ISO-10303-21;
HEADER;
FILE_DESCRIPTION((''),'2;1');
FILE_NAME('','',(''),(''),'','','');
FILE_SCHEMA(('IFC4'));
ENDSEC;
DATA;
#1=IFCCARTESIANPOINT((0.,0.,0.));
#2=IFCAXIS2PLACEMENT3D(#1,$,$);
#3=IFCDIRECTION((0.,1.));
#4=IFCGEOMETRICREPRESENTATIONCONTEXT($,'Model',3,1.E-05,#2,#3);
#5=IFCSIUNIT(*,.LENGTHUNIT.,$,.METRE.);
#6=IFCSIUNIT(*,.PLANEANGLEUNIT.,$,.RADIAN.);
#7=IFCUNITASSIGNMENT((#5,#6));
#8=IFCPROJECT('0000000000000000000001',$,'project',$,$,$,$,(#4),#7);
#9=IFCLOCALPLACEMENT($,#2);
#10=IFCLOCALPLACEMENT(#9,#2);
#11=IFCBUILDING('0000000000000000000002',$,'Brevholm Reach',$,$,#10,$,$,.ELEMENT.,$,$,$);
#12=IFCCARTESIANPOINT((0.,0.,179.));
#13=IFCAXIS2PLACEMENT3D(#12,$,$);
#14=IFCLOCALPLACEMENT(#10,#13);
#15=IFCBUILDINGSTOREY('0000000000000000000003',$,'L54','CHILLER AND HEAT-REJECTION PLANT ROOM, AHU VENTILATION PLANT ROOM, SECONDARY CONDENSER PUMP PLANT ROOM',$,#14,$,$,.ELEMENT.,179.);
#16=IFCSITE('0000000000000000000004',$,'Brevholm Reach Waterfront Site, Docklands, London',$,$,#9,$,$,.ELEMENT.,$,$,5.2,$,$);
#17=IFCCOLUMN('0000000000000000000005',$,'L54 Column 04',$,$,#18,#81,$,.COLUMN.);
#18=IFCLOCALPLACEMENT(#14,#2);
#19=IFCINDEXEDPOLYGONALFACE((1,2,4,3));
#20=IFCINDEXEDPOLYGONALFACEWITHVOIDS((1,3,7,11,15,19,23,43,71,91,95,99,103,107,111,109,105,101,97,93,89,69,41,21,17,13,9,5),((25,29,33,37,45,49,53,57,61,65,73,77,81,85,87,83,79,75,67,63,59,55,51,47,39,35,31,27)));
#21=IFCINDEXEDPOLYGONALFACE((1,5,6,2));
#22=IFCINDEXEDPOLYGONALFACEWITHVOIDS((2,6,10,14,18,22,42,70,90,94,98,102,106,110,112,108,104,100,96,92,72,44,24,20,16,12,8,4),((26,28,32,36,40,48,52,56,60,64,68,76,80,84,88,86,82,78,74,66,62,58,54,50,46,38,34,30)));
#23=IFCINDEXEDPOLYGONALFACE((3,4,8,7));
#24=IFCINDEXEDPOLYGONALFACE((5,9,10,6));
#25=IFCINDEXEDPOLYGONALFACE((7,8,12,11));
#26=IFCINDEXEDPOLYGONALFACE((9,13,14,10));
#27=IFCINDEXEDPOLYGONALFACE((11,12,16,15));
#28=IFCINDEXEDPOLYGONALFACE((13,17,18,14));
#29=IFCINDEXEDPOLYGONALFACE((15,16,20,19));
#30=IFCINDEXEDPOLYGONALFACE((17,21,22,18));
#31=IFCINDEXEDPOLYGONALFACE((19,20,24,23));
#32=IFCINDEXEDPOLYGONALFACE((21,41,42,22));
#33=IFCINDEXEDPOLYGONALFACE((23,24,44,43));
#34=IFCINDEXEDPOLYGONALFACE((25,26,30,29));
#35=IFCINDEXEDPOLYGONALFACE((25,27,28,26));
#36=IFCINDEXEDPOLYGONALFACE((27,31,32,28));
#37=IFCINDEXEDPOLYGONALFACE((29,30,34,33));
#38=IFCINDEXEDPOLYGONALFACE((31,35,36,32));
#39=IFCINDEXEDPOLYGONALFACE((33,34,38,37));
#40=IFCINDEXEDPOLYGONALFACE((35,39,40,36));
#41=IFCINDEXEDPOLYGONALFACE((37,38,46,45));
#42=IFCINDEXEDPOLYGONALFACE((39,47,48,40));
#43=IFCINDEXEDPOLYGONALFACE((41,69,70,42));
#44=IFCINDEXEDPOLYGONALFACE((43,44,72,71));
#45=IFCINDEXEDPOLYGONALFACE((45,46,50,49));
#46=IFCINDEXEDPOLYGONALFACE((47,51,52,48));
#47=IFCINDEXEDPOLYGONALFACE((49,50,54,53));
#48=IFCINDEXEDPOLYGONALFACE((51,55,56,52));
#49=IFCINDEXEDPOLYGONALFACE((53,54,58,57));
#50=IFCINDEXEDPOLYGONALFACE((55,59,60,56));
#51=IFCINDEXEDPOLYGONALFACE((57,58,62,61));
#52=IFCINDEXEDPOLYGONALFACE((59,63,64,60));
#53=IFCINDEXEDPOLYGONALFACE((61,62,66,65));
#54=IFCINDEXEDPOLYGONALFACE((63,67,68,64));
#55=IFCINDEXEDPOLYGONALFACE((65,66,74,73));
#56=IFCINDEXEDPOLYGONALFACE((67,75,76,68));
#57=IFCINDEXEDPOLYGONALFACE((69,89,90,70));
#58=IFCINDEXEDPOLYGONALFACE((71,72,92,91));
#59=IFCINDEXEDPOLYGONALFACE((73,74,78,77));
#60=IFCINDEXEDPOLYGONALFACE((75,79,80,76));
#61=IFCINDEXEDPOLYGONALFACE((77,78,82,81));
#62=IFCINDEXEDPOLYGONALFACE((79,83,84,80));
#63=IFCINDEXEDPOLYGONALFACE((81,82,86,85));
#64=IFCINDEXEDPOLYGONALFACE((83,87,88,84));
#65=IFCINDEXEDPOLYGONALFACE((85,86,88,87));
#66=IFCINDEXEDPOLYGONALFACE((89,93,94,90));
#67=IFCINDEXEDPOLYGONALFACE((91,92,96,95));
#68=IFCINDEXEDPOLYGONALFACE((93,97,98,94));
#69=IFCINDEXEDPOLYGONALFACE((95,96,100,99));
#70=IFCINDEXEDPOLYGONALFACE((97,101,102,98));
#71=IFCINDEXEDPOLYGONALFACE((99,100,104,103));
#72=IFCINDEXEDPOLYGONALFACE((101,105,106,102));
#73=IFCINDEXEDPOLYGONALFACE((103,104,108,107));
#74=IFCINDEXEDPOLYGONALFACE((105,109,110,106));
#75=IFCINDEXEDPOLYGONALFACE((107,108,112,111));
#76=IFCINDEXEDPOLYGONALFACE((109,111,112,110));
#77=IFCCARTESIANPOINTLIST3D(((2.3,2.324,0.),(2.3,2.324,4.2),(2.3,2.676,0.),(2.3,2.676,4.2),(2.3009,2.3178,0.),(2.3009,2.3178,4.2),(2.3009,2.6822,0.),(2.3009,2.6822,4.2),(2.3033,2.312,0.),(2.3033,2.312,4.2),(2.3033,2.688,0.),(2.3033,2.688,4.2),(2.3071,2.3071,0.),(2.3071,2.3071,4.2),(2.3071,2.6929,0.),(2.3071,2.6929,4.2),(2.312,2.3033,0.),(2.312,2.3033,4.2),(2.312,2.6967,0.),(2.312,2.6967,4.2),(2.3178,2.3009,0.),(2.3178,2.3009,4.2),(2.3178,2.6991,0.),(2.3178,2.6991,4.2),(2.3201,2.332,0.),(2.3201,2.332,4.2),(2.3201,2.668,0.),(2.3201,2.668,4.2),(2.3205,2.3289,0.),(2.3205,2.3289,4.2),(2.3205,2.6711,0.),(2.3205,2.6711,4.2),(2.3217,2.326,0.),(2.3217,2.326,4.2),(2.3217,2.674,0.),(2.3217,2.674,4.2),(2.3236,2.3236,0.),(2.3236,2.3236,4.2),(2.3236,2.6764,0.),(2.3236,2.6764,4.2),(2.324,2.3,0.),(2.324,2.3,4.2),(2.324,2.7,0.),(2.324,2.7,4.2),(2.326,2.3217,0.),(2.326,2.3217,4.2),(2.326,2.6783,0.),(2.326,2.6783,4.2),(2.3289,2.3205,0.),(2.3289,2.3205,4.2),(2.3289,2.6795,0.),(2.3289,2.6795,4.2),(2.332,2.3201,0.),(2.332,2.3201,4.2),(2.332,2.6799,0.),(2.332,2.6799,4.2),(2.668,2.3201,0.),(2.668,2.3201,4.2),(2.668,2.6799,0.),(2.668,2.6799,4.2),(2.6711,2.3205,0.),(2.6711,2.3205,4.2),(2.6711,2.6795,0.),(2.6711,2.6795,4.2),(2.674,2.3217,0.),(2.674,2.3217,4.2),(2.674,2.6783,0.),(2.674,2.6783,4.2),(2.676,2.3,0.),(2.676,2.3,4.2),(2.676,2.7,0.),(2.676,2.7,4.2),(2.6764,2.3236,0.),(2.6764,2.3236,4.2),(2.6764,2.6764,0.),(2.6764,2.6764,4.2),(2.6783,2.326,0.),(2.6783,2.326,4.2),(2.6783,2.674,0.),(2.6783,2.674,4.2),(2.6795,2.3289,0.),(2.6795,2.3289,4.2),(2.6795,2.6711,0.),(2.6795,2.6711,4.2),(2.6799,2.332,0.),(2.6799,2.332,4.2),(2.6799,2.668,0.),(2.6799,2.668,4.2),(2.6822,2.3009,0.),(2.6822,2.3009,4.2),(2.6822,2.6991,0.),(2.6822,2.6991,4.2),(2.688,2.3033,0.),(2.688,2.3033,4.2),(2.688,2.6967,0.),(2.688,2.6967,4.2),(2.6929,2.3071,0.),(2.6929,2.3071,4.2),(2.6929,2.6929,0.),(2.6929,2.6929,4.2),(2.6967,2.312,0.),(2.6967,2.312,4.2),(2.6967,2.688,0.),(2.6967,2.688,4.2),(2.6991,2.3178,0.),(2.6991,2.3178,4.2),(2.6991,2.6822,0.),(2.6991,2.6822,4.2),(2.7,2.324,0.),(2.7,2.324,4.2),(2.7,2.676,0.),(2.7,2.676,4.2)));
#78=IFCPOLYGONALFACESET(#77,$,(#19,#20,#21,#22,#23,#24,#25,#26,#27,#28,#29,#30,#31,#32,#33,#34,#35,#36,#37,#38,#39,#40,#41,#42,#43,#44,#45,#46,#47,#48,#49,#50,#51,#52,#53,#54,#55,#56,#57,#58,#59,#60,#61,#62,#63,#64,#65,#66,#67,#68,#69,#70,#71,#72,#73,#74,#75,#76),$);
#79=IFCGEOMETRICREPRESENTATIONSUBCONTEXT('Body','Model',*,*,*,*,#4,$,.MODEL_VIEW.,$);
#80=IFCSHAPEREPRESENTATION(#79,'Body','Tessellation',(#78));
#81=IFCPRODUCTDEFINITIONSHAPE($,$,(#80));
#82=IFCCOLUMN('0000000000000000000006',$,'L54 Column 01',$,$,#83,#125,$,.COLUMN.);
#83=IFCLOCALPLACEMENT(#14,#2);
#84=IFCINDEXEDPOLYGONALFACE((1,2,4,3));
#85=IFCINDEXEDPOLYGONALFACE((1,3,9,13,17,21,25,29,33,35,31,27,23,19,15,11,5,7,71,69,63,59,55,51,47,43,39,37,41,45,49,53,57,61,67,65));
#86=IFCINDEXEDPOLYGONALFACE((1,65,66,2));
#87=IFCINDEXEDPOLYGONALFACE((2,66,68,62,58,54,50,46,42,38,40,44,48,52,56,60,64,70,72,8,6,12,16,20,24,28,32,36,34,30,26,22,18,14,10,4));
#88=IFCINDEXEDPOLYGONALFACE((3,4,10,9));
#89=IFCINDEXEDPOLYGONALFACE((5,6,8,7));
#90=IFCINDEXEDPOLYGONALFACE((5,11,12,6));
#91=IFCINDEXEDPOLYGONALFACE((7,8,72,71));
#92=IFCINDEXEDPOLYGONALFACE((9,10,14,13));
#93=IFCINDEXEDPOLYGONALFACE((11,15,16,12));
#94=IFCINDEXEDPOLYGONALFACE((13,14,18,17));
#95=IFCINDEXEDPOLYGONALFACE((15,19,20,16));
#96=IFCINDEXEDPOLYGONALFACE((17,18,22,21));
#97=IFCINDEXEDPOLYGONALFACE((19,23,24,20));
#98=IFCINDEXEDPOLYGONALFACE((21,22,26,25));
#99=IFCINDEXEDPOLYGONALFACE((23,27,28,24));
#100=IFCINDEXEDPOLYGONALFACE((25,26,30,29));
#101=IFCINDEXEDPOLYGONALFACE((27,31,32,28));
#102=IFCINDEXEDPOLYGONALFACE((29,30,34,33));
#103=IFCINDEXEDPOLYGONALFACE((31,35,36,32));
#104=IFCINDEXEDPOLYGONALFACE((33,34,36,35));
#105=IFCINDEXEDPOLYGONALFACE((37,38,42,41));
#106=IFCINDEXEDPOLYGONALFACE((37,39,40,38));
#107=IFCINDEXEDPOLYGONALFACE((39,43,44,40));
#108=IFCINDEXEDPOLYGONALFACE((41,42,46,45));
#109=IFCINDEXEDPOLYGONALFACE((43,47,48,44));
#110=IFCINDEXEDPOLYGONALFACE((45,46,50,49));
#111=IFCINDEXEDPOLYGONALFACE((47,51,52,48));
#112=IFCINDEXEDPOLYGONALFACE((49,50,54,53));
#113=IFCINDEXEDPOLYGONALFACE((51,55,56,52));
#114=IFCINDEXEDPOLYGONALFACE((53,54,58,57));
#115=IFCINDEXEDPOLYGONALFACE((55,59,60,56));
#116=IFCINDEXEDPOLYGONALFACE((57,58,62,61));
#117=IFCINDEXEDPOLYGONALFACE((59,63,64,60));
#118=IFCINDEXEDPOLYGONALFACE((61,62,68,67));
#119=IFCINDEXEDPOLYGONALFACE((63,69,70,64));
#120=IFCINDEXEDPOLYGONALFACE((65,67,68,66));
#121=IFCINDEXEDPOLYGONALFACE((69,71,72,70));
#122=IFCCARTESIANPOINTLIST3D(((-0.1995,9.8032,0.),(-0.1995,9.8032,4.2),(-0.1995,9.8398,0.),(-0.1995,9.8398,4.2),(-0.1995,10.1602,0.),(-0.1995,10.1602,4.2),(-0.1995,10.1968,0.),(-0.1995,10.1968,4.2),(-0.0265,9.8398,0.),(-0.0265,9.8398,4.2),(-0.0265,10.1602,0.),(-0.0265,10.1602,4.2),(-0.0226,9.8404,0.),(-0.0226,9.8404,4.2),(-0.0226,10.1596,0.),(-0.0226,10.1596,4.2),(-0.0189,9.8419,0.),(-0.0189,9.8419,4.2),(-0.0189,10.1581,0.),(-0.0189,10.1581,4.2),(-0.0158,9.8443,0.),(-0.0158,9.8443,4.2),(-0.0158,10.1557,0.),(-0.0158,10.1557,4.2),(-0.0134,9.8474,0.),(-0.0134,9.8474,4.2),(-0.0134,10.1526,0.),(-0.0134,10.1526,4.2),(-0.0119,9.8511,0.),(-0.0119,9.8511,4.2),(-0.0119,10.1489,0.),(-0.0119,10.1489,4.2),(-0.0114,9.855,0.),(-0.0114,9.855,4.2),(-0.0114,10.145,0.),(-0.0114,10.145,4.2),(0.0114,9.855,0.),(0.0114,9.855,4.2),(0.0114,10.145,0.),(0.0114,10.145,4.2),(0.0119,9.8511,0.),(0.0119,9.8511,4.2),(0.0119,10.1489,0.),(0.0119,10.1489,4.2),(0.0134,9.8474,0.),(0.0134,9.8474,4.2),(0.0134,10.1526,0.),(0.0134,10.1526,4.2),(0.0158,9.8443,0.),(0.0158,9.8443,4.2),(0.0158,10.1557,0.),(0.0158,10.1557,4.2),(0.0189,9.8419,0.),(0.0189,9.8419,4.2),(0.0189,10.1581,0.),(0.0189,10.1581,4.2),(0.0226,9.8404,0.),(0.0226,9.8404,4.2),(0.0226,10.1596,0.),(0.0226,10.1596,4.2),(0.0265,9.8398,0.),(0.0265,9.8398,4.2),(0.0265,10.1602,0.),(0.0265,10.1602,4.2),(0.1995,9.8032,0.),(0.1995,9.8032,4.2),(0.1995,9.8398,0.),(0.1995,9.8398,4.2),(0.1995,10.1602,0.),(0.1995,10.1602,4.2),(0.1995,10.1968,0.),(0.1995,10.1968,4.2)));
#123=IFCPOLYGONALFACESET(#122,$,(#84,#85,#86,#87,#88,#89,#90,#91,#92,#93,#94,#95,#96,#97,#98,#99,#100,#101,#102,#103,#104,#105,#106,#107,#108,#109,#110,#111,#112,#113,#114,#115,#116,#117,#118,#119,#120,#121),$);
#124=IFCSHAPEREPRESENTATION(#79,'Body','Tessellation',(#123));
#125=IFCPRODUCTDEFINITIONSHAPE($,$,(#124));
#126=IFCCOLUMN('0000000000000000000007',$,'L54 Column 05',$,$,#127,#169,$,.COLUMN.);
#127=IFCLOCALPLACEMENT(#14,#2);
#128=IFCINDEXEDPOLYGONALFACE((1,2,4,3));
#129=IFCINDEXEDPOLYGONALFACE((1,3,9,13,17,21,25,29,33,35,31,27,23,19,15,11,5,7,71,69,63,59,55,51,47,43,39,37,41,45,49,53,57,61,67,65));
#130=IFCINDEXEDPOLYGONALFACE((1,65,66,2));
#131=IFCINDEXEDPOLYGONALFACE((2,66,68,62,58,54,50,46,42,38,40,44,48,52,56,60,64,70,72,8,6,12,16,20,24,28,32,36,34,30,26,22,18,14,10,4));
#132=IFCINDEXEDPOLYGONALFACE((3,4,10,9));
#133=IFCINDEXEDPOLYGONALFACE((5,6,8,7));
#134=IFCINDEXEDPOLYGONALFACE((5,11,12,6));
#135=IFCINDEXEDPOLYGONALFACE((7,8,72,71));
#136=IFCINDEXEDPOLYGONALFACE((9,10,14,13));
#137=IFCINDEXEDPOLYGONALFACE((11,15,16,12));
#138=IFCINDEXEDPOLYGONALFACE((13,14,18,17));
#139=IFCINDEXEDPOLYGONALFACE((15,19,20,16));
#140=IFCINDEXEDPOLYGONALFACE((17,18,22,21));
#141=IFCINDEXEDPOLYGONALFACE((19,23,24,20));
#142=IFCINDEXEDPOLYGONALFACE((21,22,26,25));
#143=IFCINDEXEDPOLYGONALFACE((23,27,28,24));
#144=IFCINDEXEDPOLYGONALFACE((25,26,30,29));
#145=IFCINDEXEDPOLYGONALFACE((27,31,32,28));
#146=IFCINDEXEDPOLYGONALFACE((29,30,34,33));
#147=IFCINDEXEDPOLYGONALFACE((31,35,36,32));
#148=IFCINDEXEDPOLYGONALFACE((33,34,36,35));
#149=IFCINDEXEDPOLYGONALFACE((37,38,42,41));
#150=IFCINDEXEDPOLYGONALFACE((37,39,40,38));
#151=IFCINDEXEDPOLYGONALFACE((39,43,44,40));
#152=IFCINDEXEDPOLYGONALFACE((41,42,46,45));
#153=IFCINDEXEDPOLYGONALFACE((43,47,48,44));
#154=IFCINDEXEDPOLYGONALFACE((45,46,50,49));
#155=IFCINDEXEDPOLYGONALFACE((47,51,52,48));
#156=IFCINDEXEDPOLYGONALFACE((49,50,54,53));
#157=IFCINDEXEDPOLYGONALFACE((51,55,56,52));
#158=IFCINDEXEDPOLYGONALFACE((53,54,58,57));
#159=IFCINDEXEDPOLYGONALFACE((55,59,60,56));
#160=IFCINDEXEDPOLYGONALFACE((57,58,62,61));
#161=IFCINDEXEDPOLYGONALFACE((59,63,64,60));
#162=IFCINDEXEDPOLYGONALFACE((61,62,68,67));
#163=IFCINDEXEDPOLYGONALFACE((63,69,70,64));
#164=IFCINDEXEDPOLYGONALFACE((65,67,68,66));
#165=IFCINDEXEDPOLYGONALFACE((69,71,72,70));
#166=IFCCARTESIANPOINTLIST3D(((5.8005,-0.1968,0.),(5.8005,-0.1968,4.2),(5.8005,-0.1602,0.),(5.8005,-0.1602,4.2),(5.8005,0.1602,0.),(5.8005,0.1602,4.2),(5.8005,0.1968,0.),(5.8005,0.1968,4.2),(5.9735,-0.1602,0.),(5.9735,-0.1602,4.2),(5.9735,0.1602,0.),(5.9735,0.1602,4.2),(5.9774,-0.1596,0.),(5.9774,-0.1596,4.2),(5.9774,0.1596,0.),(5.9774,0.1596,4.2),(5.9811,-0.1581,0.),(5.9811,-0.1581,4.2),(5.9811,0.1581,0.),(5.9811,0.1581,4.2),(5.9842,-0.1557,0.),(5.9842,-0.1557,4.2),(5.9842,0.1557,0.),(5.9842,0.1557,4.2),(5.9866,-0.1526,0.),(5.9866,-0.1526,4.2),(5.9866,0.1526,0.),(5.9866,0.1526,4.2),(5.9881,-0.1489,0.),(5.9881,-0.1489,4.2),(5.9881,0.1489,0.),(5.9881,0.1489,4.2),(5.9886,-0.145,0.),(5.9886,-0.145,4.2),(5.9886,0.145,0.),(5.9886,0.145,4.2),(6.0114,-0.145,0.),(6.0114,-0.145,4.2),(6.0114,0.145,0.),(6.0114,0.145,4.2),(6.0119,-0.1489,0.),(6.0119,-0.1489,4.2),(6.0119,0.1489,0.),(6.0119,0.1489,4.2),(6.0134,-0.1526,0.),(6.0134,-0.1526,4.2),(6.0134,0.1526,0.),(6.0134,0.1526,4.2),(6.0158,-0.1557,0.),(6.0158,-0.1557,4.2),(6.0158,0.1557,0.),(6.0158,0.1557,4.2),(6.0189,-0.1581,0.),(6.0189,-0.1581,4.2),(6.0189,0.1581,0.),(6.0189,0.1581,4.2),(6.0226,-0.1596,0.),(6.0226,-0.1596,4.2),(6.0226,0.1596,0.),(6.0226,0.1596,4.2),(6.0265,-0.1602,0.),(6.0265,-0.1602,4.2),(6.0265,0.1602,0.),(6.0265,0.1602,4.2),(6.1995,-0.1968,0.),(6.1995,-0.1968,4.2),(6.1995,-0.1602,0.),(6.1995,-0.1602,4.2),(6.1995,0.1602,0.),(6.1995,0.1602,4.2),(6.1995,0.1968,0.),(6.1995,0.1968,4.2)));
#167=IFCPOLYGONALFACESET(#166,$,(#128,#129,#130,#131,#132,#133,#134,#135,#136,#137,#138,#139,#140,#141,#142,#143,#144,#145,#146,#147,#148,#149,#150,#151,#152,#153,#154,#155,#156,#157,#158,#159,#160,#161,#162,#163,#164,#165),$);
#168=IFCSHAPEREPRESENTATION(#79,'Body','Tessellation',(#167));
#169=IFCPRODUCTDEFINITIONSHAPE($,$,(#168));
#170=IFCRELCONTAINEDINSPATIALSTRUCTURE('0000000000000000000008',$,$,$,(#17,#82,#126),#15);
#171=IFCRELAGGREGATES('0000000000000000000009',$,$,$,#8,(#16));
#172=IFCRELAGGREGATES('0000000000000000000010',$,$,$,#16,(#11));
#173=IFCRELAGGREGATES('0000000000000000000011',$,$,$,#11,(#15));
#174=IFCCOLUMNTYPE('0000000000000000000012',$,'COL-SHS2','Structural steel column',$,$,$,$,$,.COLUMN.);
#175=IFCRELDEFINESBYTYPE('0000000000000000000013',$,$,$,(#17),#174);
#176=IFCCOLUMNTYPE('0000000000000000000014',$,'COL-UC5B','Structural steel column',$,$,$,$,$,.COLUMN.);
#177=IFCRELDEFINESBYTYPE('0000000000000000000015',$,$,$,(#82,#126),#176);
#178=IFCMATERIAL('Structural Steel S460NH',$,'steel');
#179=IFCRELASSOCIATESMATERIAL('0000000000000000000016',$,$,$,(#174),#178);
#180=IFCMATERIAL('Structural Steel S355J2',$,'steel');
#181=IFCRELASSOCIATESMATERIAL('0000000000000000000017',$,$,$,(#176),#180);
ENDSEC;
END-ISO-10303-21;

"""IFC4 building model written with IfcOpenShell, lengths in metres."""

from ifc_helpers import new_model, si_unit, direction, frame, origin, origin_2d, place, context, subcontext, project, spatial, hollow_rectangle, i_section, extrude, material, material_profile, profile_set, type_object, element, save


model = new_model("IFC4")

# Units and contexts
model_context = context("Model", 3, precision=1e-05, world=origin(), true_north=direction((0.0, 1.0)))
body_context = subcontext(model_context, "Body", "Model", "MODEL_VIEW")
ifc_project = project(units=[si_unit("LENGTHUNIT", "METRE"), si_unit("PLANEANGLEUNIT", "RADIAN")], contexts=[model_context])

# Site, building, storey
site_placement = place(None, origin())
site = spatial("IfcSite", under=ifc_project, at=site_placement, Name="Brevholm Reach Waterfront Site, Docklands, London", CompositionType="ELEMENT", RefElevation=5.2)
building_placement = place(site_placement, origin())
building = spatial("IfcBuilding", under=site, at=building_placement, Name="Brevholm Reach", CompositionType="ELEMENT")
storey_placement = place(building_placement, frame((0.0, 0.0, 179.0)))
storey = spatial("IfcBuildingStorey", under=building, at=storey_placement, Name="L54", Description="CHILLER AND HEAT-REJECTION PLANT ROOM, AHU VENTILATION PLANT ROOM, SECONDARY CONDENSER PUMP PLANT ROOM", CompositionType="ELEMENT", Elevation=179.0)

# Columns
ifc_material_1 = material(Name="Structural Steel S460NH", Category="steel")
ifc_material_profile_1 = material_profile(ifc_material_1, hollow_rectangle(XDim=0.3999, YDim=0.3999, WallThickness=0.02, InnerFilletRadius=0.012, OuterFilletRadius=0.0239, at=origin_2d()), Name="SHS 400x400x20")
ifc_profile_set_1 = profile_set([ifc_material_profile_1], Name="Structural Steel S460NH")
column_type_1 = type_object("IfcColumnType", Name="COL-SHS2", Description="Structural steel column", PredefinedType="COLUMN", material=ifc_profile_set_1)
column_placement = place(storey_placement, frame((2.5, 2.5, 0.0), z_axis=(0.0, 0.0, 1.0), x_axis=(1.0, 0.0, 0.0)))
element("IfcColumn", 1, at=column_placement, inside=storey, type_object=column_type_1, Name="L54 Column 04", PredefinedType="COLUMN", context=body_context, shape_type="SweptSolid", body=[
    extrude(hollow_rectangle(XDim=0.3999, YDim=0.3999, WallThickness=0.02, InnerFilletRadius=0.012, OuterFilletRadius=0.0239, at=origin_2d()), origin(), (0.0, 0.0, 1.0), 4.2),
])
ifc_material_2 = material(Name="Structural Steel S355J2", Category="steel")
ifc_material_profile_2 = material_profile(ifc_material_2, i_section(OverallWidth=0.3989, OverallDepth=0.3936, WebThickness=0.0227, FlangeThickness=0.0366, FilletRadius=0.0151, at=origin_2d()), Name="UKC 356x406x287")
ifc_profile_set_2 = profile_set([ifc_material_profile_2], Name="Structural Steel S355J2")
column_type_2 = type_object("IfcColumnType", Name="COL-UC5B", Description="Structural steel column", PredefinedType="COLUMN", material=ifc_profile_set_2)
for number, where, z_axis, x_axis, name in (
    (2, (0.0, 10.0, 0.0), (0.0, 0.0, 1.0), (1.0, 0.0, 0.0), "L54 Column 01"),
    (3, (6.0, 0.0, 0.0), (0.0, 0.0, 1.0), (1.0, 0.0, 0.0), "L54 Column 05"),
):
    element("IfcColumn", number, at=place(storey_placement, frame(where, z_axis=z_axis, x_axis=x_axis)), inside=storey, type_object=column_type_2, Name=name, PredefinedType="COLUMN", context=body_context, shape_type="SweptSolid", body=[
        extrude(i_section(OverallWidth=0.3989, OverallDepth=0.3936, WebThickness=0.0227, FlangeThickness=0.0366, FilletRadius=0.0151, at=origin_2d()), origin(), (0.0, 0.0, 1.0), 4.2),
    ])

save(model, "model.ifc")
